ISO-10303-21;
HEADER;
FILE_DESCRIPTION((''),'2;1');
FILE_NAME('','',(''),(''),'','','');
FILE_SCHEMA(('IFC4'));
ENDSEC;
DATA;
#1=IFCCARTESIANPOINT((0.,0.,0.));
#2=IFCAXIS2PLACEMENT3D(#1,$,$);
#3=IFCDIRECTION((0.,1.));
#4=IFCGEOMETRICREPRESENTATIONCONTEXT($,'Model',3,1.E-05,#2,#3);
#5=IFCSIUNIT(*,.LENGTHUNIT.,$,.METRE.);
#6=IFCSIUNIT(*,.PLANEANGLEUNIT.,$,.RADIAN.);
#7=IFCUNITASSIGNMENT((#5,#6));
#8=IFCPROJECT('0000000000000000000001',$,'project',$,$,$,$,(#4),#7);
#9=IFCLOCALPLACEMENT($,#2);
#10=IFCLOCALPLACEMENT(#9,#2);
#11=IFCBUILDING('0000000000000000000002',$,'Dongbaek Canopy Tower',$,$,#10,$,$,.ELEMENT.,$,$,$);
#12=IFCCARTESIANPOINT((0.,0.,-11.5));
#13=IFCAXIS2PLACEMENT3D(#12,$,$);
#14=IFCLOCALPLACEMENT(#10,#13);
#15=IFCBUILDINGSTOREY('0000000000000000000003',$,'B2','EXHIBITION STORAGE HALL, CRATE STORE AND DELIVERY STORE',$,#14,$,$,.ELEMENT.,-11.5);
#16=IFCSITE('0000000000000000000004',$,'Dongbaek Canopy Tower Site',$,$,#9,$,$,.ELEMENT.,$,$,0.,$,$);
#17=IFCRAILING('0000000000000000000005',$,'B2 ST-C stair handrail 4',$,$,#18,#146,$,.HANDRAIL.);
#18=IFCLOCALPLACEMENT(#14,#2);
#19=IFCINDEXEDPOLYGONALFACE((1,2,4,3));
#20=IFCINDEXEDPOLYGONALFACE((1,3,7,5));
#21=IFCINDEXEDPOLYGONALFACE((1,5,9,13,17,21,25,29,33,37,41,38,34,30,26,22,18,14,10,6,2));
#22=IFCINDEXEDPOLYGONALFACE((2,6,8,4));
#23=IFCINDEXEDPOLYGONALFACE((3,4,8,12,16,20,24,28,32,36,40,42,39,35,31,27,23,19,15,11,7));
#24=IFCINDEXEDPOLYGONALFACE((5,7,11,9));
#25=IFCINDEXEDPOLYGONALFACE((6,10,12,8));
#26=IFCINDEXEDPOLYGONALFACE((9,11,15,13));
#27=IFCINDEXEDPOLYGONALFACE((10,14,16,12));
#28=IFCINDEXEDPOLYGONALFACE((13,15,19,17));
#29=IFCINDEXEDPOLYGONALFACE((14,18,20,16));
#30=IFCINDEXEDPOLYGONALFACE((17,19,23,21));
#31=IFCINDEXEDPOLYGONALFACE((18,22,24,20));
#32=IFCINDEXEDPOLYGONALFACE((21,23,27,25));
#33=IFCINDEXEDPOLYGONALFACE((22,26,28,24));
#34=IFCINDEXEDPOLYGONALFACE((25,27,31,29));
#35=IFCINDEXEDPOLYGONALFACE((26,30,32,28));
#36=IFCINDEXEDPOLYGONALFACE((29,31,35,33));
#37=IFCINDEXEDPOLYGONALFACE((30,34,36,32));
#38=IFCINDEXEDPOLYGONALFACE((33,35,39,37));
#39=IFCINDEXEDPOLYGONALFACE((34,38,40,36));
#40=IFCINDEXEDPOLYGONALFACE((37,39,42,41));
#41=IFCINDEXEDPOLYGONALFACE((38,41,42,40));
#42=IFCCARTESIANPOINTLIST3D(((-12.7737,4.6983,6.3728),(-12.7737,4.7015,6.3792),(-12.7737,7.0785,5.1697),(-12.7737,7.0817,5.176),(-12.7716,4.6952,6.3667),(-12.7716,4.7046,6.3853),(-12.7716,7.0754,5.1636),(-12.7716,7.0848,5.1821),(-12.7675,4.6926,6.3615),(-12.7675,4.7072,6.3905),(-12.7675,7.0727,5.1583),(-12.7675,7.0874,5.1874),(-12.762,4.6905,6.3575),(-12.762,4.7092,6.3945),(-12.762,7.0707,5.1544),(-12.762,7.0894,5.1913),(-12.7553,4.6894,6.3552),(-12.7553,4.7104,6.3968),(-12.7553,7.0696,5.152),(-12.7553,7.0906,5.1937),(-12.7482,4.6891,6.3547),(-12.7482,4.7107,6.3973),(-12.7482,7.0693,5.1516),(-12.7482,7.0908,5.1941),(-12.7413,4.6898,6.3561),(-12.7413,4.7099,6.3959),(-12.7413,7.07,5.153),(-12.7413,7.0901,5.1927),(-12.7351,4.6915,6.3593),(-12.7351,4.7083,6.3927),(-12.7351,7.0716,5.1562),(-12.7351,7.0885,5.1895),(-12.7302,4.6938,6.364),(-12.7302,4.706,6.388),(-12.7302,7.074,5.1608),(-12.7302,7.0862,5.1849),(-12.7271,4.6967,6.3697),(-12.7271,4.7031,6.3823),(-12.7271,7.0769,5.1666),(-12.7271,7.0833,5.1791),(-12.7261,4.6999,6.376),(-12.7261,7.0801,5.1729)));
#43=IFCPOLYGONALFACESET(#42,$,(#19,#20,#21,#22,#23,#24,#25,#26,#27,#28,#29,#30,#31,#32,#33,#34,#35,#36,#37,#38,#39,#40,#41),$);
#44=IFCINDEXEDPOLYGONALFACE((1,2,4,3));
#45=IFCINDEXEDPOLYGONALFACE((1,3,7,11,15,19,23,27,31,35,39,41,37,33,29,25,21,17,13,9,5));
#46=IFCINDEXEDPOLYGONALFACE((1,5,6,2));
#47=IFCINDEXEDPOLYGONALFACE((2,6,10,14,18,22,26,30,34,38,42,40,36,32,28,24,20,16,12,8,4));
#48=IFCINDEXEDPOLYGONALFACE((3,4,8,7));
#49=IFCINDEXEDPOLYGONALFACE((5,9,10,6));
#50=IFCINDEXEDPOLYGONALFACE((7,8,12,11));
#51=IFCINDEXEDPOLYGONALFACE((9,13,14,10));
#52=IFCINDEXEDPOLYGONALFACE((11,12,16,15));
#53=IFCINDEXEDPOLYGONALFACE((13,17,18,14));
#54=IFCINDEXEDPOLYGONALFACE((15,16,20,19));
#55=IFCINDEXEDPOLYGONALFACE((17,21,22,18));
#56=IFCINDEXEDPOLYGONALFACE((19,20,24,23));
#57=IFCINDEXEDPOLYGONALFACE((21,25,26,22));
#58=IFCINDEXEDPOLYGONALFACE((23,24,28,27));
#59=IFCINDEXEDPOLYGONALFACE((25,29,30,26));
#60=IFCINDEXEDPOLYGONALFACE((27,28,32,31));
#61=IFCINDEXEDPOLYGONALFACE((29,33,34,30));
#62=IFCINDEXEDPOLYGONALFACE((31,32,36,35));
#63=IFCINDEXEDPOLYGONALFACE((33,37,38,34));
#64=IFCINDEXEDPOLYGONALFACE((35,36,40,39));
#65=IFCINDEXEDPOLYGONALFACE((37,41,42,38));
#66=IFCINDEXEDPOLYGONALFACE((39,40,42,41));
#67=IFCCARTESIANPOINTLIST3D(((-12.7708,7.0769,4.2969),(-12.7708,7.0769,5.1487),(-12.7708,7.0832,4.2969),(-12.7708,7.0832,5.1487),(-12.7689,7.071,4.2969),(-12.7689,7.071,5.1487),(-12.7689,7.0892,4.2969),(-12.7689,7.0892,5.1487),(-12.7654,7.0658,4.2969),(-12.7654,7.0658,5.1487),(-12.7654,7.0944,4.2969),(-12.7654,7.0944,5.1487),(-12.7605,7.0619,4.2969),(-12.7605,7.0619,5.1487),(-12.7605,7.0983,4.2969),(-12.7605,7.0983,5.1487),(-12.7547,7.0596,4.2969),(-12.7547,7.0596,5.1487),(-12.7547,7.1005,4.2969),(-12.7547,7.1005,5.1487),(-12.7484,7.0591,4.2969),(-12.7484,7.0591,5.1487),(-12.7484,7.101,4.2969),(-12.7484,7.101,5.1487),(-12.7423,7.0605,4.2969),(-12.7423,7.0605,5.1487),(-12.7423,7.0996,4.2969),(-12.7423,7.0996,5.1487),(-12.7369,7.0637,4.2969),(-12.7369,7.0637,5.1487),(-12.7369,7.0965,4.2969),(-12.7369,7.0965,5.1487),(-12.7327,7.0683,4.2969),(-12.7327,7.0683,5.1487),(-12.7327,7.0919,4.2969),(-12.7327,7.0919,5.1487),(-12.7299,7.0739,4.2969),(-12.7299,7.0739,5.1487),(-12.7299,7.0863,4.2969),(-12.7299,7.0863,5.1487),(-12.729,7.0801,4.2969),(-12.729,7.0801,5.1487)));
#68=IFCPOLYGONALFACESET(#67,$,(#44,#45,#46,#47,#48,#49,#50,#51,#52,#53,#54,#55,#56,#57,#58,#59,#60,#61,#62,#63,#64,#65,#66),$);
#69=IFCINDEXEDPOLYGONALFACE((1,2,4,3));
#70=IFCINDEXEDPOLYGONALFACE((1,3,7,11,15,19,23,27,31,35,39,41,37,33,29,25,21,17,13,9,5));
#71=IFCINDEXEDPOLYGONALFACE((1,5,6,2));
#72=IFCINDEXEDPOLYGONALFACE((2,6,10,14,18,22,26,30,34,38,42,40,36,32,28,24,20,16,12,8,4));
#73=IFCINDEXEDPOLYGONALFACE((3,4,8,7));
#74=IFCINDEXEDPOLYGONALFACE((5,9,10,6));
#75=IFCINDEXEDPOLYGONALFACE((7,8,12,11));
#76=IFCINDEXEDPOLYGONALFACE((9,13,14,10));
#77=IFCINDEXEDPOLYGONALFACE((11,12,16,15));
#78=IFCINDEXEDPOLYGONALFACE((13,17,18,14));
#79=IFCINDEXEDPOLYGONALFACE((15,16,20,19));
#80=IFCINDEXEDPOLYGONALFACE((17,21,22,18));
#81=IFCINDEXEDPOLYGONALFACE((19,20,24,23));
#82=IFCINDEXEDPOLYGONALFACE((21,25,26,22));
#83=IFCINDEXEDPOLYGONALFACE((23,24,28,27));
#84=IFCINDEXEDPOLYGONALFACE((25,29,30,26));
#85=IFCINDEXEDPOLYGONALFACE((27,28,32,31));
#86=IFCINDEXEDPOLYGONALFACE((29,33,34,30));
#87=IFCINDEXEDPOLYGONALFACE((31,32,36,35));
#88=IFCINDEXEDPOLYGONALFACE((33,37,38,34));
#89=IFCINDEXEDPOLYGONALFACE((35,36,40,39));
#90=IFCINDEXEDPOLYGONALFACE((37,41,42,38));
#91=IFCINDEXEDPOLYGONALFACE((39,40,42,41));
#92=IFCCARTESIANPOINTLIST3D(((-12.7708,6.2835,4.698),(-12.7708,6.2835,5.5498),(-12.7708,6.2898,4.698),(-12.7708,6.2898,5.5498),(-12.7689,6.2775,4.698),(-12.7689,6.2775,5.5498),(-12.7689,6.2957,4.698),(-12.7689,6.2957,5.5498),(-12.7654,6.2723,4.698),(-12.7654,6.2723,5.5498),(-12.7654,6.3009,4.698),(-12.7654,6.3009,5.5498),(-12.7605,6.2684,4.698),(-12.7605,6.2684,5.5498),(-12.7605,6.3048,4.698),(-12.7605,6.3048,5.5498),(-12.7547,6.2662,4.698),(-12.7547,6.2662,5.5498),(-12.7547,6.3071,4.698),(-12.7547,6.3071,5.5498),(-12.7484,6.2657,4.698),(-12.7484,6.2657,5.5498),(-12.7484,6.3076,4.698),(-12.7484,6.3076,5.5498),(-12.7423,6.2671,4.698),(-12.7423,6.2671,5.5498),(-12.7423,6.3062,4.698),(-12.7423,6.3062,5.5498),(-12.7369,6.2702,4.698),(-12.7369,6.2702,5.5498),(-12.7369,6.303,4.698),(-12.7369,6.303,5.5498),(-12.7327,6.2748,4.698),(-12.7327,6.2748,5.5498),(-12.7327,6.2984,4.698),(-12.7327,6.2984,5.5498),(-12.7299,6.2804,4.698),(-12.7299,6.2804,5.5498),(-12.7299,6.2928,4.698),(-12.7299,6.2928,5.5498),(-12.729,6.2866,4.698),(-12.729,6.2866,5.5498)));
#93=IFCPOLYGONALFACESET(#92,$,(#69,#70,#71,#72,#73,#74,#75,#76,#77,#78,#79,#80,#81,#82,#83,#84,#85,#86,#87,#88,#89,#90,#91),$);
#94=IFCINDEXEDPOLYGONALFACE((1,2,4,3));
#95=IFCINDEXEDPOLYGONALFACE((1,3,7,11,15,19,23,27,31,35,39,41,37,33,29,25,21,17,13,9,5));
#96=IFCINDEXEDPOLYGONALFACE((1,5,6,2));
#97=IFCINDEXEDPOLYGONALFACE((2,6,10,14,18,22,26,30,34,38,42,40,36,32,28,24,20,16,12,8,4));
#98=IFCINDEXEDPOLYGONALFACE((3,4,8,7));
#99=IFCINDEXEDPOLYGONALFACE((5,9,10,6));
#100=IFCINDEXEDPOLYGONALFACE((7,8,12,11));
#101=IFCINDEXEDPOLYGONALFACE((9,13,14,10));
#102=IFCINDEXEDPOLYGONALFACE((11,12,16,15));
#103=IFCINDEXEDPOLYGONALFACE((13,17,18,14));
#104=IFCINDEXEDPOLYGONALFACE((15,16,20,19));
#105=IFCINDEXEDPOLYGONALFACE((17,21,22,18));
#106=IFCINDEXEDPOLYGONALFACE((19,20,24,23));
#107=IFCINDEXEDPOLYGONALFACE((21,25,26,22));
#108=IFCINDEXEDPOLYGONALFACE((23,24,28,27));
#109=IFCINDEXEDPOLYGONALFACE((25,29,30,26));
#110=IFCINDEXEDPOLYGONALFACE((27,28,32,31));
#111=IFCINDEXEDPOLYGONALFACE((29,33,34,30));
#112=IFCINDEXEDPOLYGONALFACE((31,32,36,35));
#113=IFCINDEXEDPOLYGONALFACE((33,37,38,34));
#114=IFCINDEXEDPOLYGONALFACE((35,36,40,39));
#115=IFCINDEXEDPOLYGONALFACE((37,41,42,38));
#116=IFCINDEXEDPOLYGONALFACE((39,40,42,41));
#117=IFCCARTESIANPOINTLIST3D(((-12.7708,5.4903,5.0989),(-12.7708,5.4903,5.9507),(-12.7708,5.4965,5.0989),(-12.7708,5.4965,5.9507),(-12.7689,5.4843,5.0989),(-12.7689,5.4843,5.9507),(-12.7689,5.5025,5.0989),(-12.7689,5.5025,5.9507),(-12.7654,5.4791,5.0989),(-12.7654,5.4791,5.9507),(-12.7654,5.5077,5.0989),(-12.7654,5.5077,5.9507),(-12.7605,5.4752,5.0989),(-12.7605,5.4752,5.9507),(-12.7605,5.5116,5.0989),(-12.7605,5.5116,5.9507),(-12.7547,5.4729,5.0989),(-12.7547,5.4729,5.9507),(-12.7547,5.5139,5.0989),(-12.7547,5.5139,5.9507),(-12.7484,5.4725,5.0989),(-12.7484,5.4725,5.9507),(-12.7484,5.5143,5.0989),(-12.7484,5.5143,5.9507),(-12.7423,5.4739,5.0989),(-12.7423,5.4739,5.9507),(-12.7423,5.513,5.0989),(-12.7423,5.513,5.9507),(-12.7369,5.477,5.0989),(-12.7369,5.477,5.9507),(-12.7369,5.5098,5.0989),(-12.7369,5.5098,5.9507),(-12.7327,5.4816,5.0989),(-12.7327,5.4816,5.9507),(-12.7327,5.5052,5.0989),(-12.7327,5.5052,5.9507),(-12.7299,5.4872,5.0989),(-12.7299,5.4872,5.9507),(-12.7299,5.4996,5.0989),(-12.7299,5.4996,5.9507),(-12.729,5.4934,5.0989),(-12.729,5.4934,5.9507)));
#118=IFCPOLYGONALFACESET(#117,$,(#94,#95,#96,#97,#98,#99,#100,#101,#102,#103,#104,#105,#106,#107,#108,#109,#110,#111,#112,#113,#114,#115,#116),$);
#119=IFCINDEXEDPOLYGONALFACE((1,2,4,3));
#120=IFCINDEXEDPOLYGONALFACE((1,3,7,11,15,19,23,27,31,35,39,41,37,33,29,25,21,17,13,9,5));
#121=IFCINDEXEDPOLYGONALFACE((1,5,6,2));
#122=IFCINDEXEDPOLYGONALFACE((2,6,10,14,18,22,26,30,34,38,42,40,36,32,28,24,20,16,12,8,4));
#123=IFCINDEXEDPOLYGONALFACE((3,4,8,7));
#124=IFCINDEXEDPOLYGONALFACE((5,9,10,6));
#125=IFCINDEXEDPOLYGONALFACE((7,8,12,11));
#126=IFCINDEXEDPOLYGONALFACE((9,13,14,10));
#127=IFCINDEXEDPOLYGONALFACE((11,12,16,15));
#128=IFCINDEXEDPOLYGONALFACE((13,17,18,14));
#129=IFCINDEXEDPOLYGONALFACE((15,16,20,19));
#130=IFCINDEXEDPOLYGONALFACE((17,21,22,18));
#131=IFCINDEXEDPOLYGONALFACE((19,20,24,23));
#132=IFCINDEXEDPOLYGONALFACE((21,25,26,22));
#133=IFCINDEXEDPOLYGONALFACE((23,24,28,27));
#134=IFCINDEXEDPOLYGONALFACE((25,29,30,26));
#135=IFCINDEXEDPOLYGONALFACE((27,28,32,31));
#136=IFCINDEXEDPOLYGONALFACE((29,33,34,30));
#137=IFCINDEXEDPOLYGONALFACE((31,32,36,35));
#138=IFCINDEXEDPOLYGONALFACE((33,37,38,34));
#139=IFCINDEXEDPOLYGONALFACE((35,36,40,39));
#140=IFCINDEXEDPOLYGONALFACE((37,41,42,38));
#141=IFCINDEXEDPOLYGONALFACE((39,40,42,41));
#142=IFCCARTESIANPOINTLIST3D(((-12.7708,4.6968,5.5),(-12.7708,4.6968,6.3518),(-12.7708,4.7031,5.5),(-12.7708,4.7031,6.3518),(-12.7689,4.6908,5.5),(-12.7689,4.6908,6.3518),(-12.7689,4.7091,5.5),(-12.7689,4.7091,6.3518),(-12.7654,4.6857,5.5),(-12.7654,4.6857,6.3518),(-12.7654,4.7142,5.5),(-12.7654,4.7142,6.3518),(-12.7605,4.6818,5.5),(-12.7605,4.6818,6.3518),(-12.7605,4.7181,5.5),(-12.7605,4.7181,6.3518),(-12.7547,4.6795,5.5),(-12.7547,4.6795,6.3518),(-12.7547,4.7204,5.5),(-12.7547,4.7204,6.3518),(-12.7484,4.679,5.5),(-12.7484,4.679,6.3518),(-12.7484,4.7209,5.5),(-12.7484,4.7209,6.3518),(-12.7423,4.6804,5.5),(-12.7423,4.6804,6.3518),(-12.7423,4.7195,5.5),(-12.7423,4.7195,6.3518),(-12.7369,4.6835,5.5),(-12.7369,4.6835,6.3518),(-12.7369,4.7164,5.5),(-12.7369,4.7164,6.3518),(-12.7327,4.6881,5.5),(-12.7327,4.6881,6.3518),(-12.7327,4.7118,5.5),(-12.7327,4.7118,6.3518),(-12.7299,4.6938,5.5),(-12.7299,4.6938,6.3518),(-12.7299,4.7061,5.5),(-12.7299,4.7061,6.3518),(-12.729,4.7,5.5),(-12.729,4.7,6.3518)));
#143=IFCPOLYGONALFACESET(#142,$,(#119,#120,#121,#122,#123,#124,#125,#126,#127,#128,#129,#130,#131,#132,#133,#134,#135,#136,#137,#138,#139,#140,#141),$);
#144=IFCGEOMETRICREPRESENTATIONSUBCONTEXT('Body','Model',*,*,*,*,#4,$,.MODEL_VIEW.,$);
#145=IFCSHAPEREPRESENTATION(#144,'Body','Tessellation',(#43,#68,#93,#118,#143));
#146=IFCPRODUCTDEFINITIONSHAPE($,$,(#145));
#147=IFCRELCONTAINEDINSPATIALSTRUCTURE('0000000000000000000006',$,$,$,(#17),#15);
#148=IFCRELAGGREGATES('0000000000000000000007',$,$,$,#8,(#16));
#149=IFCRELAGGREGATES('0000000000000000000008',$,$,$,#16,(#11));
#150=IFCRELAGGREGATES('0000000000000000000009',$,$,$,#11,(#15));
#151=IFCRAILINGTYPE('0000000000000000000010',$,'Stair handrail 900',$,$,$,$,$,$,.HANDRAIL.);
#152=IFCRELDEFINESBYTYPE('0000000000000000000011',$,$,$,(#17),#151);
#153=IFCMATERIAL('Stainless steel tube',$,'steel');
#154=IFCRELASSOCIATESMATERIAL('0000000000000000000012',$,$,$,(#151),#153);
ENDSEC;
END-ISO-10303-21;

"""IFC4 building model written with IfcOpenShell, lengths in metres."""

from ifc_helpers import new_model, si_unit, direction, frame, origin, origin_2d, place, context, subcontext, project, spatial, circle, extrude, material, type_object, element, save


model = new_model("IFC4")

# Units and contexts
model_context = context("Model", 3, precision=1e-05, world=origin(), true_north=direction((0.0, 1.0)))
body_context = subcontext(model_context, "Body", "Model", "MODEL_VIEW")
ifc_project = project(units=[si_unit("LENGTHUNIT", "METRE"), si_unit("PLANEANGLEUNIT", "RADIAN")], contexts=[model_context])

# Site, building, storey
site_placement = place(None, origin())
site = spatial("IfcSite", under=ifc_project, at=site_placement, Name="Dongbaek Canopy Tower Site", CompositionType="ELEMENT", RefElevation=0.0)
building_placement = place(site_placement, origin())
building = spatial("IfcBuilding", under=site, at=building_placement, Name="Dongbaek Canopy Tower", CompositionType="ELEMENT")
storey_placement = place(building_placement, frame((0.0, 0.0, -11.5)))
storey = spatial("IfcBuildingStorey", under=building, at=storey_placement, Name="B2", Description="EXHIBITION STORAGE HALL, CRATE STORE AND DELIVERY STORE", CompositionType="ELEMENT", Elevation=-11.5)

# Railing
ifc_material_1 = material(Name="Stainless steel tube", Category="steel")
railing_type = type_object("IfcRailingType", Name="Stair handrail 900", PredefinedType="HANDRAIL", material=ifc_material_1)
for number, where, name in (
    (1, (-12.75, 7.0801, 4.2969), "B2 ST-C stair handrail 4"),
):
    element("IfcRailing", number, at=place(storey_placement, frame(where)), inside=storey, type_object=railing_type, Name=name, PredefinedType="HANDRAIL", context=body_context, shape_type="SweptSolid", body=[
        extrude(circle(Radius=0.0239, at=origin_2d()), frame((0.0, 0.0, 0.876), z_axis=(0.0, -0.89246, 0.451127), x_axis=(1.0, 0.0, 0.0)), (0.0, 0.0, 1.0), 2.667),
        extrude(circle(Radius=0.021, at=origin_2d()), origin(), (0.0, 0.0, 1.0), 0.8518),
        extrude(circle(Radius=0.021, at=origin_2d()), frame((0.0, -0.7935, 0.4011)), (0.0, 0.0, 1.0), 0.8518),
        extrude(circle(Radius=0.021, at=origin_2d()), frame((0.0, -1.5867, 0.802)), (0.0, 0.0, 1.0), 0.8518),
        extrude(circle(Radius=0.021, at=origin_2d()), frame((0.0, -2.3801, 1.2031)), (0.0, 0.0, 1.0), 0.8518),
    ])

save(model, "model.ifc")
